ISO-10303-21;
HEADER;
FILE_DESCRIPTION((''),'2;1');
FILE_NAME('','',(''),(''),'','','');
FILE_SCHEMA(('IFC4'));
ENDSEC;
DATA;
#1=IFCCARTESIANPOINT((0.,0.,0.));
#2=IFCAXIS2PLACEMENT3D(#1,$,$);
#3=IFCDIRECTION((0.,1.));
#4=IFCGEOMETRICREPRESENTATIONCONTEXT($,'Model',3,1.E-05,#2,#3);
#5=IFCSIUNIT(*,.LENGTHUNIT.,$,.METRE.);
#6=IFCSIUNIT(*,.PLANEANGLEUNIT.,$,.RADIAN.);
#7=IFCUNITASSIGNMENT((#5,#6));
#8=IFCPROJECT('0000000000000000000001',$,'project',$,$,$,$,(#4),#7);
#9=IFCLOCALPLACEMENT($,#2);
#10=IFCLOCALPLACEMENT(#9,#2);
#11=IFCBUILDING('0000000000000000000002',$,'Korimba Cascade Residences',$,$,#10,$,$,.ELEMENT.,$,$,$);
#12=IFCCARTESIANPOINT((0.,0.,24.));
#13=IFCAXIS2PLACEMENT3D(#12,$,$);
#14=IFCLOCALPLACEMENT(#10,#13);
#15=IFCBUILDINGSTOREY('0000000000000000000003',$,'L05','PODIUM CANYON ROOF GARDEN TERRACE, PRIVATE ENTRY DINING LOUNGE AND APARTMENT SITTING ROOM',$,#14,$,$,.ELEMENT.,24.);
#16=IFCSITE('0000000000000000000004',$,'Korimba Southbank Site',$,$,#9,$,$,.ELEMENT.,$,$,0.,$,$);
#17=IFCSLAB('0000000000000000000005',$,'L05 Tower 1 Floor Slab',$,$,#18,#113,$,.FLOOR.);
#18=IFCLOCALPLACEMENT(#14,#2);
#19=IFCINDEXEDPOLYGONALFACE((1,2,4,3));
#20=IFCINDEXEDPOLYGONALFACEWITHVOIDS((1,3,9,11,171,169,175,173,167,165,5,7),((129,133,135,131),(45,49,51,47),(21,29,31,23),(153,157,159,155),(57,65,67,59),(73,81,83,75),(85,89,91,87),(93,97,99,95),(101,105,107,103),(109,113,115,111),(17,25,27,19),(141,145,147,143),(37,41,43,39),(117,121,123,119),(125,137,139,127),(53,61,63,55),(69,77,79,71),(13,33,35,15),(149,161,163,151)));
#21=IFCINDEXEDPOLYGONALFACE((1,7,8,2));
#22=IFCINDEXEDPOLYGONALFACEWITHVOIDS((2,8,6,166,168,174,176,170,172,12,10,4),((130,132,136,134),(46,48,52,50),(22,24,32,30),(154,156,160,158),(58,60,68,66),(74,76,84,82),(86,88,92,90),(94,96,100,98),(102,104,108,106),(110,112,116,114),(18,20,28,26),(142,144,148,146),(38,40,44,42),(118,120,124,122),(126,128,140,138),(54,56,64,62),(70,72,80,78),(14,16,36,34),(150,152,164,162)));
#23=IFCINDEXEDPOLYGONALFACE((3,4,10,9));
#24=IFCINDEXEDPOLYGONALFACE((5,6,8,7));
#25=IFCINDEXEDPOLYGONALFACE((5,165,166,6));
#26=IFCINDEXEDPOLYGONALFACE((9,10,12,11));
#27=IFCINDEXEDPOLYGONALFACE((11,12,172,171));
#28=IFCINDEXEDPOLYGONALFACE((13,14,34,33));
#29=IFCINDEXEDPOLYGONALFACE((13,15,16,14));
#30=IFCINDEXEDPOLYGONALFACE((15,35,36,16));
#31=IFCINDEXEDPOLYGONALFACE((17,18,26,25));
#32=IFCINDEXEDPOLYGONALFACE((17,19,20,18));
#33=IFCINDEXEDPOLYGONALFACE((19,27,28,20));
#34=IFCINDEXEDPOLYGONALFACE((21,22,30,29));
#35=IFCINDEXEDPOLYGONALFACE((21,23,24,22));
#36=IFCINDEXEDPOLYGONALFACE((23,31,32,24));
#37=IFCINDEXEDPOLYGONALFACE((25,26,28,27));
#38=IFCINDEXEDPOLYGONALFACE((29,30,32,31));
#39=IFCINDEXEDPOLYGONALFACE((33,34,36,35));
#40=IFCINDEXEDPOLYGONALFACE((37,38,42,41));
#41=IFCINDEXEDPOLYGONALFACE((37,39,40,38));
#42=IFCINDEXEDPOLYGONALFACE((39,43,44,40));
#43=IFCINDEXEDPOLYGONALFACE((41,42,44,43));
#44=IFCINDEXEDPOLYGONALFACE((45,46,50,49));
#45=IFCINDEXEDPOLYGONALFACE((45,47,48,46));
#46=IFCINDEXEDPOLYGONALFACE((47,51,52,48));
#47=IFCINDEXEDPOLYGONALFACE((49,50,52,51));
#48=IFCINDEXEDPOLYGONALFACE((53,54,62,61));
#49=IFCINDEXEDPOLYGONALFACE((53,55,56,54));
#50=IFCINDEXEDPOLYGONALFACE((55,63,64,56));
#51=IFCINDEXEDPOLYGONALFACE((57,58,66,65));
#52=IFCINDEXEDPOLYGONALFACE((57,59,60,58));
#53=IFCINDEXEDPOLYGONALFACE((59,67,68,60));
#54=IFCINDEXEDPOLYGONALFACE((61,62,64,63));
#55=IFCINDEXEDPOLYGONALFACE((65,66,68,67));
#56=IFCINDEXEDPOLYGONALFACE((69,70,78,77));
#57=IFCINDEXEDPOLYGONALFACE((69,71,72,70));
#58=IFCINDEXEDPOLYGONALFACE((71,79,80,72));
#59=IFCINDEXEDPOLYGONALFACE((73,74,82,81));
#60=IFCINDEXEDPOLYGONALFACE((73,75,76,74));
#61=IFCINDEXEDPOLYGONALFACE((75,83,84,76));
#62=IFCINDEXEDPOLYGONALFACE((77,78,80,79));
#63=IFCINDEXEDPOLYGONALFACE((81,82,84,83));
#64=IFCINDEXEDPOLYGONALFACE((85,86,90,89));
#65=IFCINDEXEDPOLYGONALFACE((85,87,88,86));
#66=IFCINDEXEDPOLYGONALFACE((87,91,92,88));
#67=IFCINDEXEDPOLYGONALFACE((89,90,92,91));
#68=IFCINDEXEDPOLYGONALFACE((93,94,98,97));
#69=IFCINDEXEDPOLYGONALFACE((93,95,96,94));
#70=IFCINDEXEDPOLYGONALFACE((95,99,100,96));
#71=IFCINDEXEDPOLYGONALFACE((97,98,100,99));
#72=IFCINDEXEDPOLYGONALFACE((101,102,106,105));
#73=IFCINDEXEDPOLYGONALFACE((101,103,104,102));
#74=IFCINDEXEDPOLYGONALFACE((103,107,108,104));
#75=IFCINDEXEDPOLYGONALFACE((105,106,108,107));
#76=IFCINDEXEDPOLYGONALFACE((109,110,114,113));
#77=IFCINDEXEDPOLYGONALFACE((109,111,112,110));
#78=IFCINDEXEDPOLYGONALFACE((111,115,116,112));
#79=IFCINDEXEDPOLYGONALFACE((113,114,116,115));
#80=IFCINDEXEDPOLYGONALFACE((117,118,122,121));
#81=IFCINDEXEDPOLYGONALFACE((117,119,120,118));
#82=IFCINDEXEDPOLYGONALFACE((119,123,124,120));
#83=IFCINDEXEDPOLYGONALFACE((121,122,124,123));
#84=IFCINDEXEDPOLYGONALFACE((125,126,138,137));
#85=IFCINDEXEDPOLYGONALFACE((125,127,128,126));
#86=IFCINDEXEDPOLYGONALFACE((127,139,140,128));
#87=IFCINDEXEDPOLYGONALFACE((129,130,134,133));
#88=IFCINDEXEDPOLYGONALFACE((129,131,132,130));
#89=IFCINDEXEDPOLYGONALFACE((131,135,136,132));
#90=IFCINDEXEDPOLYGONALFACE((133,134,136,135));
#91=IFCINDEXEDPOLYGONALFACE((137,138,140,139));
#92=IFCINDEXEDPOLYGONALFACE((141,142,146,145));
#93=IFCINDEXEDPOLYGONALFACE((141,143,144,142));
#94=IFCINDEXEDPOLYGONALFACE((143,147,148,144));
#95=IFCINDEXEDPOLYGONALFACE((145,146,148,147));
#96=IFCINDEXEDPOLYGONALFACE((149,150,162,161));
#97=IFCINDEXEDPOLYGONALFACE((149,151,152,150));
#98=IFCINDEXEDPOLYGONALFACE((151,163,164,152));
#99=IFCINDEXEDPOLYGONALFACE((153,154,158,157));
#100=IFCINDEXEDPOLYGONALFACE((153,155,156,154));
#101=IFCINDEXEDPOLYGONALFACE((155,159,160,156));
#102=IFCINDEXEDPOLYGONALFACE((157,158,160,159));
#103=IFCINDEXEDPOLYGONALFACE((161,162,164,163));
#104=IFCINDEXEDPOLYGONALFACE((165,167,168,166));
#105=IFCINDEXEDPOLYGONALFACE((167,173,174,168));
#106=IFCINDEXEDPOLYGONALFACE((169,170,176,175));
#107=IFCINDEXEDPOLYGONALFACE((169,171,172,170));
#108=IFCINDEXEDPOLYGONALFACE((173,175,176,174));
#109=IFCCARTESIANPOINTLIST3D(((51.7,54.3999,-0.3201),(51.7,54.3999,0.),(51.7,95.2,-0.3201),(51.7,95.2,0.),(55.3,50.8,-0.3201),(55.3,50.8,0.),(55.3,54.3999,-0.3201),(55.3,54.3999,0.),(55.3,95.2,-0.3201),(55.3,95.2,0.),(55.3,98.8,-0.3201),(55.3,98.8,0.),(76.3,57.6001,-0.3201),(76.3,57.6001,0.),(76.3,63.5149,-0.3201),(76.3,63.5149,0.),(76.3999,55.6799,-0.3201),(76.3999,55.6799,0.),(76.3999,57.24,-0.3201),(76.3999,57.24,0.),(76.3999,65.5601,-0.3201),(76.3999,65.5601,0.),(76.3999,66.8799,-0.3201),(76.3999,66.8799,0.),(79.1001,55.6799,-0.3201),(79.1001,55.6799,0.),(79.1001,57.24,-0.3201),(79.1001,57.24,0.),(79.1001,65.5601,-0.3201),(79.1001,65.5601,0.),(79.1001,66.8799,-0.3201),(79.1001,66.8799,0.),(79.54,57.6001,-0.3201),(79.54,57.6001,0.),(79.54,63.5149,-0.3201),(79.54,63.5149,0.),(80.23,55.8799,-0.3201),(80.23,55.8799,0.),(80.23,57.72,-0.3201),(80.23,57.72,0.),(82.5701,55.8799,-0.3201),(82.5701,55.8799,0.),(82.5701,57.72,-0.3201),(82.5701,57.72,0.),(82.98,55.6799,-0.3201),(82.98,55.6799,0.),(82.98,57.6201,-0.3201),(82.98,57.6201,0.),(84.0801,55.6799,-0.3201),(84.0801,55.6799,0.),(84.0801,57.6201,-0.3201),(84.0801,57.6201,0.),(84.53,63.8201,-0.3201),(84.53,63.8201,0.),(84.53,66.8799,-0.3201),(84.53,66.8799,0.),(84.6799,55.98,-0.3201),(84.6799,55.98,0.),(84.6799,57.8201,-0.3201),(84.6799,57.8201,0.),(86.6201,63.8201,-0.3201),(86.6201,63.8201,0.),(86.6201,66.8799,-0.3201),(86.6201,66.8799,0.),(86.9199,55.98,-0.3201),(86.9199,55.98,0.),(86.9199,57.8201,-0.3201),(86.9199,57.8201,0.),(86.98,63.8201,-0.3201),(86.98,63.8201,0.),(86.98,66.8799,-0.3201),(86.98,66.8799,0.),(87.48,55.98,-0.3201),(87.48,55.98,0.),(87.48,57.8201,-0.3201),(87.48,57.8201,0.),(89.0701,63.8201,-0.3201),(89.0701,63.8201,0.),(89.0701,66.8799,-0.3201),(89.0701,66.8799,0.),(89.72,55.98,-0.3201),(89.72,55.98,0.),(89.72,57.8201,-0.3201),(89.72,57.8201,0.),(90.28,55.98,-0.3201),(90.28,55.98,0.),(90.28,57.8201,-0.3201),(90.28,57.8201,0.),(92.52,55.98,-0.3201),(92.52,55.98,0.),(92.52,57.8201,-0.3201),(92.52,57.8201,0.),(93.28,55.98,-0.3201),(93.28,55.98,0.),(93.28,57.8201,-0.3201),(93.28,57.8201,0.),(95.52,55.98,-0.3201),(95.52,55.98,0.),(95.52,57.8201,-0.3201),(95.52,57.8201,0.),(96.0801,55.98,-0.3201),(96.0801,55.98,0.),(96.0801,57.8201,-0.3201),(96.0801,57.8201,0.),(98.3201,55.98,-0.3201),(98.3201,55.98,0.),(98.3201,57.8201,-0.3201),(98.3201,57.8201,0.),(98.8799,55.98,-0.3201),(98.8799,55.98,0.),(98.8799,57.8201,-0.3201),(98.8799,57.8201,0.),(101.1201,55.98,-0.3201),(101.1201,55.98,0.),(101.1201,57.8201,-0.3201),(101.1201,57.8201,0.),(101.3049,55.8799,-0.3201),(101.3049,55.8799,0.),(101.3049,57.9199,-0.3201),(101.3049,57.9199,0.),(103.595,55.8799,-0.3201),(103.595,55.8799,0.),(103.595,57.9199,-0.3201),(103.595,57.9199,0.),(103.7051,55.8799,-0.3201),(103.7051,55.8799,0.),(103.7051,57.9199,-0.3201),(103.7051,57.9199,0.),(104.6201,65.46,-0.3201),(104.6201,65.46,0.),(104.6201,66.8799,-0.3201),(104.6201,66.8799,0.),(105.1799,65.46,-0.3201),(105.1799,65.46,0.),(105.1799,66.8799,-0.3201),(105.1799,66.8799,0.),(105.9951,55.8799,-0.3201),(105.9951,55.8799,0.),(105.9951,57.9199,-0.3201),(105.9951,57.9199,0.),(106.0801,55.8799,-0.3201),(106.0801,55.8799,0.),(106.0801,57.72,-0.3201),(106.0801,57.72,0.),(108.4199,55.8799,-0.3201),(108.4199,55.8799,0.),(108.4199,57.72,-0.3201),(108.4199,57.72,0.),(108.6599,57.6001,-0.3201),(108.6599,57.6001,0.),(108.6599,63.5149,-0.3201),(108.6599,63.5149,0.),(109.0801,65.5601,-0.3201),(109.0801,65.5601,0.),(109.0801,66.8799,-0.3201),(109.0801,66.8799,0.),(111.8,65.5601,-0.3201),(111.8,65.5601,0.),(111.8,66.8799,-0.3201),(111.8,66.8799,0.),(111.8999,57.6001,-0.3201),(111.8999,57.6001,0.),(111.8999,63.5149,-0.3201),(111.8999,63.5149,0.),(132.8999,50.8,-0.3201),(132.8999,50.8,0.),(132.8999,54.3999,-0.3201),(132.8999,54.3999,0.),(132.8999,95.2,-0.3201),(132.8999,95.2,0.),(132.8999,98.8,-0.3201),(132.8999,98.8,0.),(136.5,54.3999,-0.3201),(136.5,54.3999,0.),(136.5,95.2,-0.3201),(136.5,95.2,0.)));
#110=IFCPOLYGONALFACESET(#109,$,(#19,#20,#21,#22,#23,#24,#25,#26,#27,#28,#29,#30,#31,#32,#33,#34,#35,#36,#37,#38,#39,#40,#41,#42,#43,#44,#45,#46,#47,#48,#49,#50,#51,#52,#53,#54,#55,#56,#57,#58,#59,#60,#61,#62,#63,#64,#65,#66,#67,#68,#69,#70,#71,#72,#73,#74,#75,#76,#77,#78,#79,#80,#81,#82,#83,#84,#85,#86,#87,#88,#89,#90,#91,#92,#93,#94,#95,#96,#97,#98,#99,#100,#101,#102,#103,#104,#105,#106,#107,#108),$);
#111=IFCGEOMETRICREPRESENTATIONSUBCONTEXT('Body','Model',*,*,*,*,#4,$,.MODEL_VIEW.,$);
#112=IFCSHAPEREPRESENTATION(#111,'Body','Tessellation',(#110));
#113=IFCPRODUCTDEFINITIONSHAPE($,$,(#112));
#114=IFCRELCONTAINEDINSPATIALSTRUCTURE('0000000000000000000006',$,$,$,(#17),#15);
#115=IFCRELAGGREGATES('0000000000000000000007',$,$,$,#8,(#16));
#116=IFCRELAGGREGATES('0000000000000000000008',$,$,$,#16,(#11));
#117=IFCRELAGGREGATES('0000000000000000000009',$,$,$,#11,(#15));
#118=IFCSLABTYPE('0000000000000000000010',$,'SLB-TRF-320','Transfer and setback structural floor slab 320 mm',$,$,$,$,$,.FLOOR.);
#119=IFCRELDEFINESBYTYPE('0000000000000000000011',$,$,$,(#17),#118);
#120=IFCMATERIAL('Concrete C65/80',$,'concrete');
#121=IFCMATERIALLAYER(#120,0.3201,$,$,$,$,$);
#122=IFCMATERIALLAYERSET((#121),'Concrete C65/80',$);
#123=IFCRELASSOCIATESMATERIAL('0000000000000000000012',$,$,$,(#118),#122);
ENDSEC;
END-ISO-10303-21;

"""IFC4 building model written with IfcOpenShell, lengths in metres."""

from ifc_helpers import new_model, si_unit, direction, frame, origin, place, context, subcontext, project, spatial, polyline, outline, extrude, material, layer, layer_set, type_object, element, save


model = new_model("IFC4")

# Units and contexts
model_context = context("Model", 3, precision=1e-05, world=origin(), true_north=direction((0.0, 1.0)))
body_context = subcontext(model_context, "Body", "Model", "MODEL_VIEW")
ifc_project = project(units=[si_unit("LENGTHUNIT", "METRE"), si_unit("PLANEANGLEUNIT", "RADIAN")], contexts=[model_context])

# Site, building, storey
site_placement = place(None, origin())
site = spatial("IfcSite", under=ifc_project, at=site_placement, Name="Korimba Southbank Site", CompositionType="ELEMENT", RefElevation=0.0)
building_placement = place(site_placement, origin())
building = spatial("IfcBuilding", under=site, at=building_placement, Name="Korimba Cascade Residences", CompositionType="ELEMENT")
storey_placement = place(building_placement, frame((0.0, 0.0, 24.0)))
storey = spatial("IfcBuildingStorey", under=building, at=storey_placement, Name="L05", Description="PODIUM CANYON ROOF GARDEN TERRACE, PRIVATE ENTRY DINING LOUNGE AND APARTMENT SITTING ROOM", CompositionType="ELEMENT", Elevation=24.0)

# Slab
ifc_material_1 = material(Name="Concrete C65/80", Category="concrete")
ifc_layer_1 = layer(ifc_material_1, 0.3201)
ifc_layer_set_1 = layer_set([ifc_layer_1], Name="Concrete C65/80")
slab_type_1 = type_object("IfcSlabType", Name="SLB-TRF-320", Description="Transfer and setback structural floor slab 320 mm", PredefinedType="FLOOR", material=ifc_layer_set_1)
slab_1_placement = place(storey_placement, frame((0.0, 0.0, -0.3201)))
element("IfcSlab", 1, at=slab_1_placement, inside=storey, type_object=slab_type_1, Name="L05 Tower 1 Floor Slab", PredefinedType="FLOOR", context=body_context, shape_type="SweptSolid", body=[
    extrude(outline(polyline([(55.3, 50.8), (132.8999, 50.8), (132.8999, 54.3999), (136.5, 54.3999), (136.5, 95.2), (132.8999, 95.2), (132.8999, 98.8), (55.3, 98.8), (55.3, 95.2), (51.7, 95.2), (51.7, 54.3999), (55.3, 54.3999), (55.3, 50.8)]), holes=[polyline([(76.3, 63.5149), (76.3, 57.6001), (79.54, 57.6001), (79.54, 63.5149), (76.3, 63.5149)]), polyline([(108.6599, 63.5149), (108.6599, 57.6001), (111.8999, 57.6001), (111.8999, 63.5149), (108.6599, 63.5149)]), polyline([(80.23, 55.8799), (82.5701, 55.8799), (82.5701, 57.72), (80.23, 57.72), (80.23, 55.8799)]), polyline([(106.0801, 55.8799), (108.4199, 55.8799), (108.4199, 57.72), (106.0801, 57.72), (106.0801, 55.8799)]), polyline([(84.6799, 55.98), (86.9199, 55.98), (86.9199, 57.8201), (84.6799, 57.8201), (84.6799, 55.98)]), polyline([(87.48, 55.98), (89.72, 55.98), (89.72, 57.8201), (87.48, 57.8201), (87.48, 55.98)]), polyline([(90.28, 55.98), (92.52, 55.98), (92.52, 57.8201), (90.28, 57.8201), (90.28, 55.98)]), polyline([(93.28, 55.98), (95.52, 55.98), (95.52, 57.8201), (93.28, 57.8201), (93.28, 55.98)]), polyline([(96.0801, 55.98), (98.3201, 55.98), (98.3201, 57.8201), (96.0801, 57.8201), (96.0801, 55.98)]), polyline([(98.8799, 55.98), (101.1201, 55.98), (101.1201, 57.8201), (98.8799, 57.8201), (98.8799, 55.98)]), polyline([(101.3049, 55.8799), (103.595, 55.8799), (103.595, 57.9199), (101.3049, 57.9199), (101.3049, 55.8799)]), polyline([(103.7051, 55.8799), (105.9951, 55.8799), (105.9951, 57.9199), (103.7051, 57.9199), (103.7051, 55.8799)]), polyline([(82.98, 55.6799), (84.0801, 55.6799), (84.0801, 57.6201), (82.98, 57.6201), (82.98, 55.6799)]), polyline([(76.3999, 65.5601), (79.1001, 65.5601), (79.1001, 66.8799), (76.3999, 66.8799), (76.3999, 65.5601)]), polyline([(76.3999, 55.6799), (79.1001, 55.6799), (79.1001, 57.24), (76.3999, 57.24), (76.3999, 55.6799)]), polyline([(84.53, 63.8201), (86.6201, 63.8201), (86.6201, 66.8799), (84.53, 66.8799), (84.53, 63.8201)]), polyline([(86.98, 63.8201), (89.0701, 63.8201), (89.0701, 66.8799), (86.98, 66.8799), (86.98, 63.8201)]), polyline([(104.6201, 65.46), (105.1799, 65.46), (105.1799, 66.8799), (104.6201, 66.8799), (104.6201, 65.46)]), polyline([(109.0801, 65.5601), (111.8, 65.5601), (111.8, 66.8799), (109.0801, 66.8799), (109.0801, 65.5601)])]), origin(), (0.0, 0.0, 1.0), 0.3201),
])

save(model, "model.ifc")
